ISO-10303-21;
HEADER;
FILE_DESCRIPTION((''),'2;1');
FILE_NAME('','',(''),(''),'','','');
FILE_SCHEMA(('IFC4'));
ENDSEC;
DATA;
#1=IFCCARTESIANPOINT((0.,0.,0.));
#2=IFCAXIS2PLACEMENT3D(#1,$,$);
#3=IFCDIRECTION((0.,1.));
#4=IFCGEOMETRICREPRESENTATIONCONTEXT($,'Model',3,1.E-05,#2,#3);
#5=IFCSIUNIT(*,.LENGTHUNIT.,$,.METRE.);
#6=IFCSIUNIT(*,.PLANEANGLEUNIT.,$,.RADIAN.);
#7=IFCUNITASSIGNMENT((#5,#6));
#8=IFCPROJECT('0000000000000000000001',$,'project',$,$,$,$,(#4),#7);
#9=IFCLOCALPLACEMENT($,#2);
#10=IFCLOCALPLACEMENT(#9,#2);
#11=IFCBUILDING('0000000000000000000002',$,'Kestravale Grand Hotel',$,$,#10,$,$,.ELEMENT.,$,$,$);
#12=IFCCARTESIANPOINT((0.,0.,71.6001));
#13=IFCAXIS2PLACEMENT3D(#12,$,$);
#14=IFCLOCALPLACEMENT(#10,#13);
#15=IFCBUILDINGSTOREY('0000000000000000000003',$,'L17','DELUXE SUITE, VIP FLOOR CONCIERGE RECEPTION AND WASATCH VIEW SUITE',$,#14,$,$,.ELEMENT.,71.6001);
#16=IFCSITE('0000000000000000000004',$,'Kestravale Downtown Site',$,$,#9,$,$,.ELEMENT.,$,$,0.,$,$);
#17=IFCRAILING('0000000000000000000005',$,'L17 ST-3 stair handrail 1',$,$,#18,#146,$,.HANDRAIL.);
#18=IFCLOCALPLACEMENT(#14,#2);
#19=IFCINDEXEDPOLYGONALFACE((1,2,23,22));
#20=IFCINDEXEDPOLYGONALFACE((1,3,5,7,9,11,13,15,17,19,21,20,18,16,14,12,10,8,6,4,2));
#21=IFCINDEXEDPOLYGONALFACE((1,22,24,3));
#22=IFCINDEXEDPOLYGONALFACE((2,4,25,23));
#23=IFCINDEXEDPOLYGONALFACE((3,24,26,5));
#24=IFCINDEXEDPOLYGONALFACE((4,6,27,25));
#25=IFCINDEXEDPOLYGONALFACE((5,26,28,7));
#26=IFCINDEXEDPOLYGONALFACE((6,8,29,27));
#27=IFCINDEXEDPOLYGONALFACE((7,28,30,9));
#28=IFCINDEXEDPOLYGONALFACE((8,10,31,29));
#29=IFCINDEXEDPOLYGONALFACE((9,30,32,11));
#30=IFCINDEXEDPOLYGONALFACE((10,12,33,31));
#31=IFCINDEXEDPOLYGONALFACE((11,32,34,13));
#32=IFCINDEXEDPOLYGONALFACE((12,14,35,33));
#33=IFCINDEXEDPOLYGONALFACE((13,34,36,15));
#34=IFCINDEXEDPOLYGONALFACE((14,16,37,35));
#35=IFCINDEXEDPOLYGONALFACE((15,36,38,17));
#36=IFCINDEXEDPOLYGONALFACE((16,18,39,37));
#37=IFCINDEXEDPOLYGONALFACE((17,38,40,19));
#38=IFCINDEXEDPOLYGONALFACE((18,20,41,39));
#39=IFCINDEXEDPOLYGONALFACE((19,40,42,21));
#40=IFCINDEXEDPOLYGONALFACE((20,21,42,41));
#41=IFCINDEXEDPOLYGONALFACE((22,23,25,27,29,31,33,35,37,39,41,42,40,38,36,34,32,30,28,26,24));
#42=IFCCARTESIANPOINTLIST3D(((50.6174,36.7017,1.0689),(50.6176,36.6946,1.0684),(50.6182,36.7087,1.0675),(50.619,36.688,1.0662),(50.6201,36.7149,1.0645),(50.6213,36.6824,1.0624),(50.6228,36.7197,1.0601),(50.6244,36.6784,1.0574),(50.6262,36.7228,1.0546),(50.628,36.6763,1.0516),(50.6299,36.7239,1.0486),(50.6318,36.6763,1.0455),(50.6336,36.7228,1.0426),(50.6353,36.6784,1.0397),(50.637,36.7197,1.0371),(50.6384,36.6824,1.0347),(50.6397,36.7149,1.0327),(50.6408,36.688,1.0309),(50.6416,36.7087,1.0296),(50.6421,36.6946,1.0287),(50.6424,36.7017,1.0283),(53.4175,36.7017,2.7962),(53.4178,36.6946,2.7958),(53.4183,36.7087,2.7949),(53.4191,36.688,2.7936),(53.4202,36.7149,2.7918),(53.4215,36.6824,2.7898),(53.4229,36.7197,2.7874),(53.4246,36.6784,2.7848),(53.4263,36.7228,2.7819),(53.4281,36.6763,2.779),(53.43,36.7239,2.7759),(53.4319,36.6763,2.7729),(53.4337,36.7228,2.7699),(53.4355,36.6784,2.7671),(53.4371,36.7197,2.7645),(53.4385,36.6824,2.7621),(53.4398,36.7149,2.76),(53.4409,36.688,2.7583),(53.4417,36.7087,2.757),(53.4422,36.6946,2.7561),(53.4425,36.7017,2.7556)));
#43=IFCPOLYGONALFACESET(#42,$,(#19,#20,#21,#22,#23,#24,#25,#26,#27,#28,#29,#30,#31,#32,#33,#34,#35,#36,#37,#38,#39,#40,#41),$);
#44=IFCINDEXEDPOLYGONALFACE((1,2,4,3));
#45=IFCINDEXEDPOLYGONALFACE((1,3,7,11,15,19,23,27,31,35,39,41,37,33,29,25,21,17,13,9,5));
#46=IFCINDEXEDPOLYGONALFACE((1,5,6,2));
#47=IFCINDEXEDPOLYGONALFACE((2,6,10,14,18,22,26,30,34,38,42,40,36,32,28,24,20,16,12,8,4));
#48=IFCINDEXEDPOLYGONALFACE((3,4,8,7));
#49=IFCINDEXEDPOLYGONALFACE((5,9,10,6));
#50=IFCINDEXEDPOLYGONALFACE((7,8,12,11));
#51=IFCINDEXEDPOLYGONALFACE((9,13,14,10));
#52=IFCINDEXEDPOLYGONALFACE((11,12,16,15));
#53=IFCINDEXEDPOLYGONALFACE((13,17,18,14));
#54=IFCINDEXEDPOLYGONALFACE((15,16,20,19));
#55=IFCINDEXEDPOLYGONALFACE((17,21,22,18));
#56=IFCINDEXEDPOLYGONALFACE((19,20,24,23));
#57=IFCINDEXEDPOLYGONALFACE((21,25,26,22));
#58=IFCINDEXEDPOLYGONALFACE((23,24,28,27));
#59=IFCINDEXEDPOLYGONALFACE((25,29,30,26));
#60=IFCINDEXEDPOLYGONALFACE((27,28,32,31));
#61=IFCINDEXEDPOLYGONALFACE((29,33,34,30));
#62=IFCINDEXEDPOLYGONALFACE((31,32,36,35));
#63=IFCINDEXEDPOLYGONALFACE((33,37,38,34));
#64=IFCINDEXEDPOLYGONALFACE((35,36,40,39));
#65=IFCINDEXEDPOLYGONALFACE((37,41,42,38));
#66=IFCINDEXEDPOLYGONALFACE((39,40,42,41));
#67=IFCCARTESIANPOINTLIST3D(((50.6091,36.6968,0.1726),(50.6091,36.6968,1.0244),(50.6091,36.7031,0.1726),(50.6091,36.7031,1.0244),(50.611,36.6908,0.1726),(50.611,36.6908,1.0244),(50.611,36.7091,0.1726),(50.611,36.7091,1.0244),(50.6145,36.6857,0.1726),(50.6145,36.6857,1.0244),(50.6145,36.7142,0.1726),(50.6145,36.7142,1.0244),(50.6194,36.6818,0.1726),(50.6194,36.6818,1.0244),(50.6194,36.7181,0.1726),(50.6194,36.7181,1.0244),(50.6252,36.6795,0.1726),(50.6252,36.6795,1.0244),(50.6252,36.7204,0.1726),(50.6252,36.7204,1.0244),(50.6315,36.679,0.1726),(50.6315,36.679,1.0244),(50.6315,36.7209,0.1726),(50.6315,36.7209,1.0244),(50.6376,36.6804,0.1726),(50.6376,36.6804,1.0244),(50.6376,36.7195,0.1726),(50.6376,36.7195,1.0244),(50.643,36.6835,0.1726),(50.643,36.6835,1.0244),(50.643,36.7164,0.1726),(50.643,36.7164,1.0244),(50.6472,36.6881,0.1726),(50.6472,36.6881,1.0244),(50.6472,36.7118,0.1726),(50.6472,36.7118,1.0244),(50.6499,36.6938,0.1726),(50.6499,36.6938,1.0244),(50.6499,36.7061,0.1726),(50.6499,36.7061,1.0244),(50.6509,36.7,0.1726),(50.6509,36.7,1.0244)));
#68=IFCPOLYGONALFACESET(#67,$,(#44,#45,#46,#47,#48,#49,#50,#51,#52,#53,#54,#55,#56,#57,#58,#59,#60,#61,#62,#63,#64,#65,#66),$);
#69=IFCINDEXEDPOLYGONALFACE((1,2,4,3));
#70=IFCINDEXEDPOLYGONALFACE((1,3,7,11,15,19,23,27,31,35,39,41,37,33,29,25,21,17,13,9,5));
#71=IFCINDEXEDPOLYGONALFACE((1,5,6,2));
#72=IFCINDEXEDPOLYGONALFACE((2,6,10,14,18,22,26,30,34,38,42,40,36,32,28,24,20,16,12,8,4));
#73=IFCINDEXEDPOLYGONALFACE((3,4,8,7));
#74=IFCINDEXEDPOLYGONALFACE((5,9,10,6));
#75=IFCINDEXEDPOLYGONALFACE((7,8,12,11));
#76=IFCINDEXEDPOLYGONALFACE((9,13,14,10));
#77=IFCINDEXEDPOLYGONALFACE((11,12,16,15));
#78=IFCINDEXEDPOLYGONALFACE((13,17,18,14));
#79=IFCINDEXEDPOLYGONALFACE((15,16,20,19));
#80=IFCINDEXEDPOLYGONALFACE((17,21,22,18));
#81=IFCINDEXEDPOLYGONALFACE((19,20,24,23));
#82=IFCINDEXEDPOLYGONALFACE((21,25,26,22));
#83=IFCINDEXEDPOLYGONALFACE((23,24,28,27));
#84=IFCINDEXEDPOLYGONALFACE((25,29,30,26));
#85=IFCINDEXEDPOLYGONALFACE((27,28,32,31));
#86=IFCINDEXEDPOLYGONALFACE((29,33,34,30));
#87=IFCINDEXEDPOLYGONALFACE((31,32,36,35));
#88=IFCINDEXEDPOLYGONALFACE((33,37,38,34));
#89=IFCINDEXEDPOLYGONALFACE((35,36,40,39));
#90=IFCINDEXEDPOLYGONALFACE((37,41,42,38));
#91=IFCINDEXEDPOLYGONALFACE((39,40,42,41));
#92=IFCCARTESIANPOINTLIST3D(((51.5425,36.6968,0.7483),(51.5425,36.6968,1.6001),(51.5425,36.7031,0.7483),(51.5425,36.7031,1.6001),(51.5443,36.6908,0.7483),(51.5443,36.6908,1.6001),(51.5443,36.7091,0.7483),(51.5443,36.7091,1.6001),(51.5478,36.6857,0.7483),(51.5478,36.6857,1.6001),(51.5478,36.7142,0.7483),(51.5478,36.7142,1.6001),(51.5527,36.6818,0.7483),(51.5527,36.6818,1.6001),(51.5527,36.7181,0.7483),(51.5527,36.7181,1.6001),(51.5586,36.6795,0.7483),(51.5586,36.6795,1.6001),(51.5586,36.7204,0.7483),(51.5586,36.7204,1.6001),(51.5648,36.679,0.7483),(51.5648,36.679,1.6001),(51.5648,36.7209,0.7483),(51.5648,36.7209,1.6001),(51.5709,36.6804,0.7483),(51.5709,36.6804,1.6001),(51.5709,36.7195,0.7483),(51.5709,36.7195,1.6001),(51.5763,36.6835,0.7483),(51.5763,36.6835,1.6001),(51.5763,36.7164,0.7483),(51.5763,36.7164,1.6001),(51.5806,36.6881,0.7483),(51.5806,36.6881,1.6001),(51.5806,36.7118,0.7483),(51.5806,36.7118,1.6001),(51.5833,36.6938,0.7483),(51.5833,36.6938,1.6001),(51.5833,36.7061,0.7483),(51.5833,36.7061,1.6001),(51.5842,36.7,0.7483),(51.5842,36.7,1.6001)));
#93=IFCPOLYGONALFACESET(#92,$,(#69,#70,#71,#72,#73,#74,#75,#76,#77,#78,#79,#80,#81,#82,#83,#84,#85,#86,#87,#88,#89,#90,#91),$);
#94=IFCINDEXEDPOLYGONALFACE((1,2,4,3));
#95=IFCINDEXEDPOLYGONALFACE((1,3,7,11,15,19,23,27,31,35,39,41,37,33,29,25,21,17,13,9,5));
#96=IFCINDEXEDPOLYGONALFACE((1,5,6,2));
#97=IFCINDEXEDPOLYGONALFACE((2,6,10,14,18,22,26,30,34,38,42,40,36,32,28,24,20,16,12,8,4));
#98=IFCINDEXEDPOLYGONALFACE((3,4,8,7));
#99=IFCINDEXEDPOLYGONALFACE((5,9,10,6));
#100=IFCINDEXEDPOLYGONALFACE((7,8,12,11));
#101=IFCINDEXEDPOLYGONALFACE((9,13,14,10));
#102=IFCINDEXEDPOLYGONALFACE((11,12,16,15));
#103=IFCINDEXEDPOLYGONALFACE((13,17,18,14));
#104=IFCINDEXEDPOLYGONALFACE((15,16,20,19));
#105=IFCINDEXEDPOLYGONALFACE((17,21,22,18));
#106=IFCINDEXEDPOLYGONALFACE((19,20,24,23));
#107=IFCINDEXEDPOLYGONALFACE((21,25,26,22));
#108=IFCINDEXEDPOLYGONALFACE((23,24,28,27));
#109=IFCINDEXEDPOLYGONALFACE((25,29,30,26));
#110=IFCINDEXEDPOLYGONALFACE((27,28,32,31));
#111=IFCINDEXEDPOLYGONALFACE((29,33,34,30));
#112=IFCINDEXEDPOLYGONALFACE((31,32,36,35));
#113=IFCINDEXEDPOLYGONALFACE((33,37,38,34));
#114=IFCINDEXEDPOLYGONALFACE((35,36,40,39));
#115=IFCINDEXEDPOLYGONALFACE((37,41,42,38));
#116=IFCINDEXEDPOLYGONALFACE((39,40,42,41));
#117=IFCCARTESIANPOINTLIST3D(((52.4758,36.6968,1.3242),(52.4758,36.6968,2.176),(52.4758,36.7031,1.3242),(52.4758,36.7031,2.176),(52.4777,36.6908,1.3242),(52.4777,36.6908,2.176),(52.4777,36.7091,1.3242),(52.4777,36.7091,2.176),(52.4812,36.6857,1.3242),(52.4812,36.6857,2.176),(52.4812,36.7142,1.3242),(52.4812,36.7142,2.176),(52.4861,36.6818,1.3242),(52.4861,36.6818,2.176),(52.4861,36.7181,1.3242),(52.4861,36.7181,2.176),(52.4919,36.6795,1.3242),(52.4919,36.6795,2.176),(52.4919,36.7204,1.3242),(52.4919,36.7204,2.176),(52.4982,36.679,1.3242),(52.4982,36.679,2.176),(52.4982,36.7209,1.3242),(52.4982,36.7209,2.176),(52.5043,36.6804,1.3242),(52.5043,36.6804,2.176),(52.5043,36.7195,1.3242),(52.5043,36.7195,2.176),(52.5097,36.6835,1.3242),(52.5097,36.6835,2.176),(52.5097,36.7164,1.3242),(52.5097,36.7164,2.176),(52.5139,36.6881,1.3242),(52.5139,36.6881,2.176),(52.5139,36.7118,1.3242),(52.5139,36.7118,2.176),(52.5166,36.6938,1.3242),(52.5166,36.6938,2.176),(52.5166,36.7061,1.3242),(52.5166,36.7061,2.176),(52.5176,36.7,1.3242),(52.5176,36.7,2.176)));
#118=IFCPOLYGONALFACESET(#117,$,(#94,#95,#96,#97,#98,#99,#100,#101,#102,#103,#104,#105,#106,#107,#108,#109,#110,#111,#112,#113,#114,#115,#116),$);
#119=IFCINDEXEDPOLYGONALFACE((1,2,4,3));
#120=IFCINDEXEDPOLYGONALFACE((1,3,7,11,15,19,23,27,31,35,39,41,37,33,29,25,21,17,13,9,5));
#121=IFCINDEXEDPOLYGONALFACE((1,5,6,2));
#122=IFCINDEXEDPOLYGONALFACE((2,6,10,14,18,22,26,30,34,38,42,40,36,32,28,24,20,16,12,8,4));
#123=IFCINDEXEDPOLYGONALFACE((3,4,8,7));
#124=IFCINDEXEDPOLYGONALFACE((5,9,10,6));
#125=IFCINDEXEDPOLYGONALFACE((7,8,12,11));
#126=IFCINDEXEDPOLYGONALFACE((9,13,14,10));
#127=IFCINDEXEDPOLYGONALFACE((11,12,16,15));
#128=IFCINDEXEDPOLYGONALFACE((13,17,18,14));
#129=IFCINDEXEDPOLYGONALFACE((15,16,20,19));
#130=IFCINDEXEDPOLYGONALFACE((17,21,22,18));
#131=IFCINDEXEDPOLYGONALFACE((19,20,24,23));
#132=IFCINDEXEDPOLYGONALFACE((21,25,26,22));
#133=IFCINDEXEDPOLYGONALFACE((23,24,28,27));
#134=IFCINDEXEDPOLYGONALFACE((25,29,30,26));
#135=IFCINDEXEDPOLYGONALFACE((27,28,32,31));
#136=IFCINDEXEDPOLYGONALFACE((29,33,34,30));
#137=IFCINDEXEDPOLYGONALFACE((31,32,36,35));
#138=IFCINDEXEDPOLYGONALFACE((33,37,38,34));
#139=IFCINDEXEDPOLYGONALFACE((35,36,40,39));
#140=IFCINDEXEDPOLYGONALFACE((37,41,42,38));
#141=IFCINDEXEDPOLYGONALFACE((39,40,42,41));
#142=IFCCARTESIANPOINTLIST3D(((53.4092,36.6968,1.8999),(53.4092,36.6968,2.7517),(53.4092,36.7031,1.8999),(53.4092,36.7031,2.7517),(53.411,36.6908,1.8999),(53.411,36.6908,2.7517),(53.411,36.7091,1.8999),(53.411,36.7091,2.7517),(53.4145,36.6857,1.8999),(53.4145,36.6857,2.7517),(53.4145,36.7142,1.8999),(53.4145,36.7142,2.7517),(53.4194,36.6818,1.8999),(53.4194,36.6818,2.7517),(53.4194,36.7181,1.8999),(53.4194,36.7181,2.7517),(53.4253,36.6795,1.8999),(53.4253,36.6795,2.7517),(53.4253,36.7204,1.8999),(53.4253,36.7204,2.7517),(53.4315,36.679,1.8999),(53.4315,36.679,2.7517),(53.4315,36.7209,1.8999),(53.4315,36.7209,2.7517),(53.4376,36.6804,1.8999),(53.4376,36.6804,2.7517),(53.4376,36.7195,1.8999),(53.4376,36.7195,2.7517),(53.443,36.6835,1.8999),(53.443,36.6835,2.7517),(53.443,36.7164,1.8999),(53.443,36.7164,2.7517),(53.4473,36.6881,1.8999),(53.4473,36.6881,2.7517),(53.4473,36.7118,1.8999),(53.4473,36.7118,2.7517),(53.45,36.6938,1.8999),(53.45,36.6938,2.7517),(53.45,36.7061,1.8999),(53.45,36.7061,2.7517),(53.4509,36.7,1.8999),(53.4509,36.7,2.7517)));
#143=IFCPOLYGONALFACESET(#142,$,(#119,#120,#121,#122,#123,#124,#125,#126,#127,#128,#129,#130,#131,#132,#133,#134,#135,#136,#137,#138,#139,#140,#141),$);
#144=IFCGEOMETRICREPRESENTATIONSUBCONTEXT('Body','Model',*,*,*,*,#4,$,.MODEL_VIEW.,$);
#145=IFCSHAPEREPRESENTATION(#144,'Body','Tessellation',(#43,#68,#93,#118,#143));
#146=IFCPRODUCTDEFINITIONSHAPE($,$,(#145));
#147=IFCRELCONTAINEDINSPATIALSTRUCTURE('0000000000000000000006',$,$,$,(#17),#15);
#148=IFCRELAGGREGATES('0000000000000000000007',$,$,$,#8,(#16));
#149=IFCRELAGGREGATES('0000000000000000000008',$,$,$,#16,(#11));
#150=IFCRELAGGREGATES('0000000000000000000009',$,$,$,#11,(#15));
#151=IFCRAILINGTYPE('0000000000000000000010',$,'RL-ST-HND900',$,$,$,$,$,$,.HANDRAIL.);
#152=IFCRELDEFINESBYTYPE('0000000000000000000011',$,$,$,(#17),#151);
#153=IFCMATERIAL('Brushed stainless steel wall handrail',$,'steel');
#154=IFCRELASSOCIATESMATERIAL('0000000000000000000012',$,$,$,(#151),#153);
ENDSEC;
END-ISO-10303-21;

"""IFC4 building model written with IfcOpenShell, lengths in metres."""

from ifc_helpers import new_model, si_unit, direction, frame, origin, origin_2d, place, context, subcontext, project, spatial, circle, extrude, material, type_object, element, save


model = new_model("IFC4")

# Units and contexts
model_context = context("Model", 3, precision=1e-05, world=origin(), true_north=direction((0.0, 1.0)))
body_context = subcontext(model_context, "Body", "Model", "MODEL_VIEW")
ifc_project = project(units=[si_unit("LENGTHUNIT", "METRE"), si_unit("PLANEANGLEUNIT", "RADIAN")], contexts=[model_context])

# Site, building, storey
site_placement = place(None, origin())
site = spatial("IfcSite", under=ifc_project, at=site_placement, Name="Kestravale Downtown Site", CompositionType="ELEMENT", RefElevation=0.0)
building_placement = place(site_placement, origin())
building = spatial("IfcBuilding", under=site, at=building_placement, Name="Kestravale Grand Hotel", CompositionType="ELEMENT")
storey_placement = place(building_placement, frame((0.0, 0.0, 71.6001)))
storey = spatial("IfcBuildingStorey", under=building, at=storey_placement, Name="L17", Description="DELUXE SUITE, VIP FLOOR CONCIERGE RECEPTION AND WASATCH VIEW SUITE", CompositionType="ELEMENT", Elevation=71.6001)

# Railing
ifc_material_1 = material(Name="Brushed stainless steel wall handrail", Category="steel")
railing_type_1 = type_object("IfcRailingType", Name="RL-ST-HND900", PredefinedType="HANDRAIL", material=ifc_material_1)
railing_1_placement = place(storey_placement, frame((50.6299, 36.7, 0.1726)))
element("IfcRailing", 1, at=railing_1_placement, inside=storey, type_object=railing_type_1, Name="L17 ST-3 stair handrail 1", PredefinedType="HANDRAIL", context=body_context, shape_type="SweptSolid", body=[
    extrude(circle(Radius=0.0239, at=origin_2d()), frame((0.0, 0.0, 0.876), z_axis=(0.85109, 0.0, 0.52502), x_axis=(0.0, 1.0, 0.0)), (0.0, 0.0, 1.0), 3.29),
    extrude(circle(Radius=0.021, at=origin_2d()), origin(), (0.0, 0.0, 1.0), 0.8518),
    extrude(circle(Radius=0.021, at=origin_2d()), frame((0.9333, 0.0, 0.5757)), (0.0, 0.0, 1.0), 0.8518),
    extrude(circle(Radius=0.021, at=origin_2d()), frame((1.8667, 0.0, 1.1516)), (0.0, 0.0, 1.0), 0.8518),
    extrude(circle(Radius=0.021, at=origin_2d()), frame((2.8, 0.0, 1.7273)), (0.0, 0.0, 1.0), 0.8518),
])

save(model, "model.ifc")
